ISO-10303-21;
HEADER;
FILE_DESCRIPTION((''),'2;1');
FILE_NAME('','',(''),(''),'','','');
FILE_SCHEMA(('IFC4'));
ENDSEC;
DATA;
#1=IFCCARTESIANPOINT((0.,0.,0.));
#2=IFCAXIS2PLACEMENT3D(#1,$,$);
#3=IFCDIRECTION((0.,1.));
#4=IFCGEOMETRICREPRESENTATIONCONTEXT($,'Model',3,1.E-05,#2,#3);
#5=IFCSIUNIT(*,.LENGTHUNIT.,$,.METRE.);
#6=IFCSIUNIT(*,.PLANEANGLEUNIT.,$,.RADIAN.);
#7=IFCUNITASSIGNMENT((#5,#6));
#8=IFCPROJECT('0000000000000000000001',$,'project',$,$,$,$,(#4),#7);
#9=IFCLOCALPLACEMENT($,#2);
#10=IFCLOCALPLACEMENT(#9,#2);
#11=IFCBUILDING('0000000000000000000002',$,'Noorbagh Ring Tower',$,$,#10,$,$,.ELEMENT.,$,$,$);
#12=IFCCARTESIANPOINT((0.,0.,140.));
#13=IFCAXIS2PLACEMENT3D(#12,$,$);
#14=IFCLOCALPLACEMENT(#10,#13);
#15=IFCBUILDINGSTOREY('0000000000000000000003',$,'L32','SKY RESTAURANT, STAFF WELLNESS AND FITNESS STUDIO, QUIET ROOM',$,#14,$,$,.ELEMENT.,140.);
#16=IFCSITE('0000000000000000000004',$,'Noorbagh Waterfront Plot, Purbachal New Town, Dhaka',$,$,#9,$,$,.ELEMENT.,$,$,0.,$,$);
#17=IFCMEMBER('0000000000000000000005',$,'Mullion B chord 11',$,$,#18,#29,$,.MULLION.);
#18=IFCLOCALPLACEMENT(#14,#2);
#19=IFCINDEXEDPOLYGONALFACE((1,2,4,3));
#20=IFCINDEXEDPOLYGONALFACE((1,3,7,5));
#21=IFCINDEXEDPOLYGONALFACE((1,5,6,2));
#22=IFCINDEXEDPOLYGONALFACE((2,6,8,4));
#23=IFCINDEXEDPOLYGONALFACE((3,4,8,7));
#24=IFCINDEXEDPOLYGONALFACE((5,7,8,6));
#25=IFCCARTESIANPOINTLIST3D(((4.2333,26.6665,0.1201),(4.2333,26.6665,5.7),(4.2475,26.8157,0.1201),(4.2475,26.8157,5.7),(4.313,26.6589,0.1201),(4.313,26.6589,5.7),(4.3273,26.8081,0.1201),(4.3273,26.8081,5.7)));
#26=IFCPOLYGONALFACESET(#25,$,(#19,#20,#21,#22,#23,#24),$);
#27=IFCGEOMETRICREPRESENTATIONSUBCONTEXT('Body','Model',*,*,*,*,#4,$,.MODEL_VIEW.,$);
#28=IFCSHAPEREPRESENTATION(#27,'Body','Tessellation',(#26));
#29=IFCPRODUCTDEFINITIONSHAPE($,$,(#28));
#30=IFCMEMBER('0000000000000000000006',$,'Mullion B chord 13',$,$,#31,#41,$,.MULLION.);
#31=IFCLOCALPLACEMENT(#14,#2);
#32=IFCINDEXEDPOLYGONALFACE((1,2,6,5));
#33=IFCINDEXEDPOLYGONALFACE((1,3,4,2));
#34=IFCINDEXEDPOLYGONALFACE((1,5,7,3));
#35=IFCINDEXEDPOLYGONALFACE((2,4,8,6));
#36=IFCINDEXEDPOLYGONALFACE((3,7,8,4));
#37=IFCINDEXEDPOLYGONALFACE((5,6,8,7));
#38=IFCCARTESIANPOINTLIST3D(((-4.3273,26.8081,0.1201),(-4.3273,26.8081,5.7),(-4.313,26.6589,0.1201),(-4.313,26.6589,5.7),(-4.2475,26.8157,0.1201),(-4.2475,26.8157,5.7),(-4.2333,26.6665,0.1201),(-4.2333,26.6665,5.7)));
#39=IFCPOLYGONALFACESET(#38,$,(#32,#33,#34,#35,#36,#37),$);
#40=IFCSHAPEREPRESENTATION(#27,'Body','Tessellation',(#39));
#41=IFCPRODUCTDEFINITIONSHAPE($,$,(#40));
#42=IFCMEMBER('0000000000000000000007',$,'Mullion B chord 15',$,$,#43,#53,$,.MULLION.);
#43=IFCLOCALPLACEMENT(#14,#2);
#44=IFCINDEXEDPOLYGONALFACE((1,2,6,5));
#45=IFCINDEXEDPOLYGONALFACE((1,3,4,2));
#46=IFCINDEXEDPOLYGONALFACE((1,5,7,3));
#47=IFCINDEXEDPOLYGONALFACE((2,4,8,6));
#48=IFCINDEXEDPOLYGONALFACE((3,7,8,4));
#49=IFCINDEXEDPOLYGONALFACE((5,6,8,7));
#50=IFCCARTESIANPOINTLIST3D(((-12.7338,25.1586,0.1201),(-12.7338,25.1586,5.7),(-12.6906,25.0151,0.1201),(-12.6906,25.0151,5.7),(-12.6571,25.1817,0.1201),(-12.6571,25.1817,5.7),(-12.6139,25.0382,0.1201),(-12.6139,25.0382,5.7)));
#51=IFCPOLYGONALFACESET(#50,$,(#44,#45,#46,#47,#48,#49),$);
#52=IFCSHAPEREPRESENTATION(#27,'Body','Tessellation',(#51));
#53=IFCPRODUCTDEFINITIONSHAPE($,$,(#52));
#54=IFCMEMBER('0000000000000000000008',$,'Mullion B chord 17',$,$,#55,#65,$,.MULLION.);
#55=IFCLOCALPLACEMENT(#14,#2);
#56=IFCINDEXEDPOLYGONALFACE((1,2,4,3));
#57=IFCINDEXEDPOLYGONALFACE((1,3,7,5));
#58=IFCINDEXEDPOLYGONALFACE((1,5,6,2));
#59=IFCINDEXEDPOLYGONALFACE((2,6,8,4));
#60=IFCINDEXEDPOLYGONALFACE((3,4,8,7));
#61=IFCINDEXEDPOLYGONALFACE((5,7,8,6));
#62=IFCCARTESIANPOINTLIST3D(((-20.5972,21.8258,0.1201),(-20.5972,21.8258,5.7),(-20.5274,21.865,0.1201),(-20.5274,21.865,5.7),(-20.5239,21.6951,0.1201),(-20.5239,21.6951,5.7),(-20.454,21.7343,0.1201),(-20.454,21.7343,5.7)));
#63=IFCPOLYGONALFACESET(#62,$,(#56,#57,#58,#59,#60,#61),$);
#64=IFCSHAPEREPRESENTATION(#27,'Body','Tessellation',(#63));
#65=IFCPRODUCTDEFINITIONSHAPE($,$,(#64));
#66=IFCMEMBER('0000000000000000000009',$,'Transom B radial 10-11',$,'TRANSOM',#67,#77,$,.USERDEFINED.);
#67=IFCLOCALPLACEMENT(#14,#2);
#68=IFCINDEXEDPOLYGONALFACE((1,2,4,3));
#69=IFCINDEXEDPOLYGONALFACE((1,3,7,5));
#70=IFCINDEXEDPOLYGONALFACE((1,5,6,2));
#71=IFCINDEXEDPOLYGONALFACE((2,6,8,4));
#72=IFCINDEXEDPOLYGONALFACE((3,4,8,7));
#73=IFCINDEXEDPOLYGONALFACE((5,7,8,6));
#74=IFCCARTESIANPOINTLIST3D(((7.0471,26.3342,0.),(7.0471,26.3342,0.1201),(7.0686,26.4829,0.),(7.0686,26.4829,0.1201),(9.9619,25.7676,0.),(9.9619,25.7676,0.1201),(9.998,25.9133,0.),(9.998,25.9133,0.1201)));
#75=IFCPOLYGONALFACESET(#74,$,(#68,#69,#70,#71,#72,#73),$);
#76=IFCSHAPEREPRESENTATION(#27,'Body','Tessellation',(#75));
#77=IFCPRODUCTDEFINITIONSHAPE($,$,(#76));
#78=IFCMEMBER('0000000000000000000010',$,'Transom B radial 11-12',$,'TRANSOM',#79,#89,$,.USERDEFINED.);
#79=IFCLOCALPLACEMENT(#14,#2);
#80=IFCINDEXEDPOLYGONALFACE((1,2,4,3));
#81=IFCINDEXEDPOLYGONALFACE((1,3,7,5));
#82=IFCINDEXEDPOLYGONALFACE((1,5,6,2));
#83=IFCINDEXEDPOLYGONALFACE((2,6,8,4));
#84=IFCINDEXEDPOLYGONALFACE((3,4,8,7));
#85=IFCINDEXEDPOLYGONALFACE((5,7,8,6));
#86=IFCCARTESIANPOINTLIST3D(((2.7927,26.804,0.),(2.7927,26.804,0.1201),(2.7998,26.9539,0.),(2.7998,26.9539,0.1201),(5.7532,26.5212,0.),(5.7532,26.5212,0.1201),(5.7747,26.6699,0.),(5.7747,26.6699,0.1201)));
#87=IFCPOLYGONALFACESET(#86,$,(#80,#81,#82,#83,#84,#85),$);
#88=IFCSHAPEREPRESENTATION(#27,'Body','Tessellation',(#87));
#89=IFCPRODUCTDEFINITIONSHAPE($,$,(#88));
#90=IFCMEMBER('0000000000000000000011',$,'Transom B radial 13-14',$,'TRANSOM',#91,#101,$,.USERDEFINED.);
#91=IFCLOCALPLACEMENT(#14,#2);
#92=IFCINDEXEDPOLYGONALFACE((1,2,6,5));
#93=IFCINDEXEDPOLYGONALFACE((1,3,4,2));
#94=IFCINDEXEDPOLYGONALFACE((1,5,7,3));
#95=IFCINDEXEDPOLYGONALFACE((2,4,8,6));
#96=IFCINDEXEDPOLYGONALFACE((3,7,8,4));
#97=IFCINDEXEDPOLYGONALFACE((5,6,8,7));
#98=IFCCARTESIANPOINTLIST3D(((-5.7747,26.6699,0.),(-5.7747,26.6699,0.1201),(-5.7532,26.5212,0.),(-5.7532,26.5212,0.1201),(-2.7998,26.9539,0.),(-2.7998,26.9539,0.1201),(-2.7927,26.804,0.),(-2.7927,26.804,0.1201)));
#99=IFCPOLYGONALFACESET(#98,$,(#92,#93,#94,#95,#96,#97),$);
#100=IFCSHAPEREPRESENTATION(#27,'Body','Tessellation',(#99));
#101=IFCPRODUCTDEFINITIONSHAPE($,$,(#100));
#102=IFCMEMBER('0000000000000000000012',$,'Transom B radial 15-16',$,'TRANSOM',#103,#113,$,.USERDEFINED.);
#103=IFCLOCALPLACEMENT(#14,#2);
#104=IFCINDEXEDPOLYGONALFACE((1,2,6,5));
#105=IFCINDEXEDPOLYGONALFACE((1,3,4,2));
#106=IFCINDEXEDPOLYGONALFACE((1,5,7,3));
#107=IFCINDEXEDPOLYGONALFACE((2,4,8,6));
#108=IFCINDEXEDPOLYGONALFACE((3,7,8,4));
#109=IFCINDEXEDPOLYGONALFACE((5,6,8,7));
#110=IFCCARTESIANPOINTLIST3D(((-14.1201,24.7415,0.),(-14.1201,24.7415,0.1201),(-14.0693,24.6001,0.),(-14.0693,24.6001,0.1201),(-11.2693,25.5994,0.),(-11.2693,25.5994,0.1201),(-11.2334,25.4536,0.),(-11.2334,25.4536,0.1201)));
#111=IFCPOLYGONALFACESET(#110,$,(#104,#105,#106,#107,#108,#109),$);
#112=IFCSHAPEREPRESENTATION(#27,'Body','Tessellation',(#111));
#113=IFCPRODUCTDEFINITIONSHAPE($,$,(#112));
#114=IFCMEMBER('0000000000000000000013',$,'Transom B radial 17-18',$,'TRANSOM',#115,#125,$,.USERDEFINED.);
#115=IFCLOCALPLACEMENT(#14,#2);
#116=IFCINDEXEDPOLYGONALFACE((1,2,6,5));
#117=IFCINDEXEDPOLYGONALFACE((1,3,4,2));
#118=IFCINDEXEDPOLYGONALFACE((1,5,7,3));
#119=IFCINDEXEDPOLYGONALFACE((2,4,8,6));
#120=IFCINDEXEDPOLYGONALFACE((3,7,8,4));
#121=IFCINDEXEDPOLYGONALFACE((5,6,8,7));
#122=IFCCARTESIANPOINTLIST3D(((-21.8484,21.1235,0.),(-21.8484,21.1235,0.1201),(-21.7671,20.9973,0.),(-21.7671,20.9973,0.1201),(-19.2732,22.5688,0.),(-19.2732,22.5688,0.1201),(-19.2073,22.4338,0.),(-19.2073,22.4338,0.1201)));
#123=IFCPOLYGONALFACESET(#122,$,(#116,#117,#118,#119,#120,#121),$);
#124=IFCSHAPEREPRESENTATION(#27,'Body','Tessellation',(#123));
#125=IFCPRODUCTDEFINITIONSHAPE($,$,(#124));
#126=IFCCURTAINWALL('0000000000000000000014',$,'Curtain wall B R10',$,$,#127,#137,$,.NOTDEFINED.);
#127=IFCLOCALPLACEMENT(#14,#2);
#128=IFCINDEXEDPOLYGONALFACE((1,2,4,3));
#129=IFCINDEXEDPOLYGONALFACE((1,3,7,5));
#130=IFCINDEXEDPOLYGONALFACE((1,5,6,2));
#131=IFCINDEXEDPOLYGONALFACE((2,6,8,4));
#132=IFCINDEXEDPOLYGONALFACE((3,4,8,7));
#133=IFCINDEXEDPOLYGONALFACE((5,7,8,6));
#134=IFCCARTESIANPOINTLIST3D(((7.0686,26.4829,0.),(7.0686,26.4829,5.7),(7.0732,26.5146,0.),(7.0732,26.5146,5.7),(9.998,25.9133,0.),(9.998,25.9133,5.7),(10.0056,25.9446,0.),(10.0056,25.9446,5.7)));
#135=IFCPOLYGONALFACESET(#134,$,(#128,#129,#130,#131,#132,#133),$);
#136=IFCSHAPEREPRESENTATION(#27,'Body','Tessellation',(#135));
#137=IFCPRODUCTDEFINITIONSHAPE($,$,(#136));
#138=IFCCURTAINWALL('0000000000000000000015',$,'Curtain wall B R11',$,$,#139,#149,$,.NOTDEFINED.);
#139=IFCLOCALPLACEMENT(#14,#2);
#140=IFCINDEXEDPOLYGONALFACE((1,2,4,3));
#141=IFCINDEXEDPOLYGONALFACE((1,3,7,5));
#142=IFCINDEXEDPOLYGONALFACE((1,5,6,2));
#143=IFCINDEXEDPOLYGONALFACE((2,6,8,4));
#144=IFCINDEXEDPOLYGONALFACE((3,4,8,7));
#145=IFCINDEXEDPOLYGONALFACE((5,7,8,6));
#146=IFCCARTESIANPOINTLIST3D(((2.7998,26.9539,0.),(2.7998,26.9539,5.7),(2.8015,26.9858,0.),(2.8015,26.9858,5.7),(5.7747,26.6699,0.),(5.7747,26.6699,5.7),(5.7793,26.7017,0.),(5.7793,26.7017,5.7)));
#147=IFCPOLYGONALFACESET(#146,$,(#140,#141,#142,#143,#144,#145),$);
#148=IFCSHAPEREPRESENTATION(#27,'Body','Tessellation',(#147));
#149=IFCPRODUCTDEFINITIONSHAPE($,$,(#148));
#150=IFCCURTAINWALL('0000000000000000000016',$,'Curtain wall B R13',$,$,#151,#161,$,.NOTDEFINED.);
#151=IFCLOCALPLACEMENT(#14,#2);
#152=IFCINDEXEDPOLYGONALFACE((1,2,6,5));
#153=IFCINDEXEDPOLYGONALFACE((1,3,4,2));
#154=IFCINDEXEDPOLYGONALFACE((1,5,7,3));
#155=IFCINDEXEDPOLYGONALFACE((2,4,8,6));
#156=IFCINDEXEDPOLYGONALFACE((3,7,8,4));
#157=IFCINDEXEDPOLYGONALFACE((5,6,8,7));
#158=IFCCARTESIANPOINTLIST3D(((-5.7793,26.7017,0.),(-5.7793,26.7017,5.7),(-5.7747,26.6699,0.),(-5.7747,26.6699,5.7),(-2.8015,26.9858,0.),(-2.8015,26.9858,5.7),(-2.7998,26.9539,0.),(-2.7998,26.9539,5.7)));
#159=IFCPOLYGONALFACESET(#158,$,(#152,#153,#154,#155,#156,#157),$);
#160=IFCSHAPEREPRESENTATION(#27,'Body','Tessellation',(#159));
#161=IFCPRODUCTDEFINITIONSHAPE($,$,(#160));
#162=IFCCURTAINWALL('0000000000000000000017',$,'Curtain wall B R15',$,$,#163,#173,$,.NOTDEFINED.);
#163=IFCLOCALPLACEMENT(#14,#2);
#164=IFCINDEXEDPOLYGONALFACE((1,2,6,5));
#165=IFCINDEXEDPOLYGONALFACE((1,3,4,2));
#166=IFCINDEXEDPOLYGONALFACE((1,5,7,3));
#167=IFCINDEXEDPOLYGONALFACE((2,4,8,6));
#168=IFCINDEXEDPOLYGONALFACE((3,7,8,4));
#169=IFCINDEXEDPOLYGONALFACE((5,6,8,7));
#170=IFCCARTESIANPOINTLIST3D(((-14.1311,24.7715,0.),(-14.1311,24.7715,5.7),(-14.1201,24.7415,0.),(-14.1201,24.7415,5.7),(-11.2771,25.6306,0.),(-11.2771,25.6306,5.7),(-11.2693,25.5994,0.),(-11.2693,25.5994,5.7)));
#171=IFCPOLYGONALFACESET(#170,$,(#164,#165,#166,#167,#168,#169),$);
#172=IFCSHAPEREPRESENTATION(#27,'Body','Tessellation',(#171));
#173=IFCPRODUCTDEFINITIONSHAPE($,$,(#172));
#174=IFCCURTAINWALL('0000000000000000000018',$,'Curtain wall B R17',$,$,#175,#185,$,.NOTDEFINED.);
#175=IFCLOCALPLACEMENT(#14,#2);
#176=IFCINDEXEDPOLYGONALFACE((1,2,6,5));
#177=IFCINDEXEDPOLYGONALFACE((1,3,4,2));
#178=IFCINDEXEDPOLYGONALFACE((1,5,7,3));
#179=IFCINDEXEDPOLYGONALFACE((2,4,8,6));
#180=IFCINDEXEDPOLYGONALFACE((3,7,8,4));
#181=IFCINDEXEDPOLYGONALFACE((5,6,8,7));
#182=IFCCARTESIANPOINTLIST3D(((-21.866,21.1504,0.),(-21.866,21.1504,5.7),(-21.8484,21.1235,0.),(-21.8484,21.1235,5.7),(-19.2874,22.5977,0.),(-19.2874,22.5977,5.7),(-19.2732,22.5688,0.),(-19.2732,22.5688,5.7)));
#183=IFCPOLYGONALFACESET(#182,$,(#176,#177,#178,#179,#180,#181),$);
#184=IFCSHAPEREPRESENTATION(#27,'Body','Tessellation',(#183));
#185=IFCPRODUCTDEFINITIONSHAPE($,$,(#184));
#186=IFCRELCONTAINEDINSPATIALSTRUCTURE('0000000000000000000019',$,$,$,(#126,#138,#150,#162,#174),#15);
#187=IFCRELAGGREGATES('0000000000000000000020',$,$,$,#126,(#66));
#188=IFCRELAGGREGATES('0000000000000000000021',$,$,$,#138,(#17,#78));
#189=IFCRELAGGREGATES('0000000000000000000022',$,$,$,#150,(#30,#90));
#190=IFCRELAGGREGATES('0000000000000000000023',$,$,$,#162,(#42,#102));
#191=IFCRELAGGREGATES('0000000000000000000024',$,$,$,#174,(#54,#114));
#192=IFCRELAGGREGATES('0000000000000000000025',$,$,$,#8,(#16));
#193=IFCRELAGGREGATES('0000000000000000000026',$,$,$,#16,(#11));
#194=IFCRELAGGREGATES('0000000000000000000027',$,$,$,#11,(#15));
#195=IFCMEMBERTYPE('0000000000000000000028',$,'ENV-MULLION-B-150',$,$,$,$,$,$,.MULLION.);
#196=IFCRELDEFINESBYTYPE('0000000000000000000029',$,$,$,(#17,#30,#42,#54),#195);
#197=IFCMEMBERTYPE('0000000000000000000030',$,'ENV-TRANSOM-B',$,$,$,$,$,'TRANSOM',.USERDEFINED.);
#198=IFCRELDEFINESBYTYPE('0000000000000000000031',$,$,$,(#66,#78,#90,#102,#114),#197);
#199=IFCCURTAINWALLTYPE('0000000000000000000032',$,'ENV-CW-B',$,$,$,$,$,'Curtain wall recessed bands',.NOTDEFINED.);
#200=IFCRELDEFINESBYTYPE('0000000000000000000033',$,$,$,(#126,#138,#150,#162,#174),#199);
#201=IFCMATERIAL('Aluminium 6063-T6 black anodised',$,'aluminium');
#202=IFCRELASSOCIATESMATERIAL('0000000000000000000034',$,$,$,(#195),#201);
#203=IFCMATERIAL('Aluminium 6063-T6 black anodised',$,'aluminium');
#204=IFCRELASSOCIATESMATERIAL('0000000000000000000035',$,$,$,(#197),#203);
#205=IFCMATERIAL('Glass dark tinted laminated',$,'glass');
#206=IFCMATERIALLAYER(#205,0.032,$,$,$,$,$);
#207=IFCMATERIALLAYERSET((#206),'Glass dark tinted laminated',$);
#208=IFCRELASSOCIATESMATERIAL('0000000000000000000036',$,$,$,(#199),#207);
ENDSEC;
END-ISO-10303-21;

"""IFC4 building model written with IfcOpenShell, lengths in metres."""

from ifc_helpers import new_model, si_unit, direction, frame, origin, origin_2d, place, context, subcontext, project, spatial, polyline, rectangle, outline, extrude, material, layer, layer_set, material_profile, profile_set, type_object, element, aggregate, save


model = new_model("IFC4")

# Units and contexts
model_context = context("Model", 3, precision=1e-05, world=origin(), true_north=direction((0.0, 1.0)))
body_context = subcontext(model_context, "Body", "Model", "MODEL_VIEW")
ifc_project = project(units=[si_unit("LENGTHUNIT", "METRE"), si_unit("PLANEANGLEUNIT", "RADIAN")], contexts=[model_context])

# Members
ifc_material_1 = material(Name="Aluminium 6063-T6 black anodised", Category="aluminium")
ifc_material_profile = material_profile(ifc_material_1, rectangle(XDim=0.1499, YDim=0.0801, at=origin_2d()), Name="150x80")
ifc_profile_set = profile_set([ifc_material_profile], Name="Aluminium 6063-T6 black anodised")
member_type_1 = type_object("IfcMemberType", Name="ENV-MULLION-B-150", PredefinedType="MULLION", material=ifc_profile_set)
site_placement = place(None, origin())
building_placement = place(site_placement, origin())
storey_placement = place(building_placement, frame((0.0, 0.0, 140.0)))
member_1_placement = place(storey_placement, frame((4.2803, 26.7373, 0.1201), z_axis=(0.0, 0.0, 1.0), x_axis=(-0.095008, -0.995476, 0.0)))
member_1 = element("IfcMember", 1, at=member_1_placement, type_object=member_type_1, Name="Mullion B chord 11", PredefinedType="MULLION", context=body_context, shape_type="SweptSolid", body=[
    extrude(rectangle(XDim=0.1499, YDim=0.0801, at=origin_2d()), origin(), (0.0, 0.0, 1.0), 5.5798),
])
member_2_placement = place(storey_placement, frame((-4.2803, 26.7373, 0.1201), z_axis=(0.0, 0.0, 1.0), x_axis=(0.095008, -0.995476, 0.0)))
member_2 = element("IfcMember", 2, at=member_2_placement, type_object=member_type_1, Name="Mullion B chord 13", PredefinedType="MULLION", context=body_context, shape_type="SweptSolid", body=[
    extrude(rectangle(XDim=0.1499, YDim=0.0801, at=origin_2d()), origin(), (0.0, 0.0, 1.0), 5.5798),
])
member_3_placement = place(storey_placement, frame((-12.6738, 25.0984, 0.1201), z_axis=(0.0, 0.0, 1.0), x_axis=(0.288174, -0.957578, 0.0)))
member_3 = element("IfcMember", 3, at=member_3_placement, type_object=member_type_1, Name="Mullion B chord 15", PredefinedType="MULLION", context=body_context, shape_type="SweptSolid", body=[
    extrude(rectangle(XDim=0.1499, YDim=0.0801, at=origin_2d()), origin(), (0.0, 0.0, 1.0), 5.5798),
])
member_4_placement = place(storey_placement, frame((-20.5256, 21.78, 0.1201), z_axis=(0.0, 0.0, 1.0), x_axis=(0.489426, -0.872045, 0.0)))
member_4 = element("IfcMember", 4, at=member_4_placement, type_object=member_type_1, Name="Mullion B chord 17", PredefinedType="MULLION", context=body_context, shape_type="SweptSolid", body=[
    extrude(rectangle(XDim=0.1499, YDim=0.0801, at=origin_2d()), origin(), (0.0, 0.0, 1.0), 5.5798),
])
ifc_material_2 = material(Name="Aluminium 6063-T6 black anodised", Category="aluminium")
member_type_2 = type_object("IfcMemberType", Name="ENV-TRANSOM-B", ElementType="TRANSOM", PredefinedType="USERDEFINED", material=ifc_material_2)
member_5_placement = place(storey_placement, origin())
member_5 = element("IfcMember", 5, at=member_5_placement, type_object=member_type_2, Name="Transom B radial 10-11", ObjectType="TRANSOM", PredefinedType="USERDEFINED", context=body_context, shape_type="SweptSolid", body=[
    extrude(outline(polyline([(9.998, 25.9133), (7.0686, 26.4829), (7.0471, 26.3342), (9.9619, 25.7676), (9.998, 25.9133)])), origin(), (0.0, 0.0, 1.0), 0.1201),
])
member_6_placement = place(storey_placement, origin())
member_6 = element("IfcMember", 6, at=member_6_placement, type_object=member_type_2, Name="Transom B radial 11-12", ObjectType="TRANSOM", PredefinedType="USERDEFINED", context=body_context, shape_type="SweptSolid", body=[
    extrude(outline(polyline([(5.7747, 26.6699), (2.7998, 26.9539), (2.7927, 26.804), (5.7532, 26.5212), (5.7747, 26.6699)])), origin(), (0.0, 0.0, 1.0), 0.1201),
])
member_7_placement = place(storey_placement, origin())
member_7 = element("IfcMember", 7, at=member_7_placement, type_object=member_type_2, Name="Transom B radial 13-14", ObjectType="TRANSOM", PredefinedType="USERDEFINED", context=body_context, shape_type="SweptSolid", body=[
    extrude(outline(polyline([(-2.7998, 26.9539), (-5.7747, 26.6699), (-5.7532, 26.5212), (-2.7927, 26.804), (-2.7998, 26.9539)])), origin(), (0.0, 0.0, 1.0), 0.1201),
])
member_8_placement = place(storey_placement, origin())
member_8 = element("IfcMember", 8, at=member_8_placement, type_object=member_type_2, Name="Transom B radial 15-16", ObjectType="TRANSOM", PredefinedType="USERDEFINED", context=body_context, shape_type="SweptSolid", body=[
    extrude(outline(polyline([(-11.2693, 25.5994), (-14.1201, 24.7415), (-14.0693, 24.6001), (-11.2334, 25.4536), (-11.2693, 25.5994)])), origin(), (0.0, 0.0, 1.0), 0.1201),
])
member_9_placement = place(storey_placement, origin())
member_9 = element("IfcMember", 9, at=member_9_placement, type_object=member_type_2, Name="Transom B radial 17-18", ObjectType="TRANSOM", PredefinedType="USERDEFINED", context=body_context, shape_type="SweptSolid", body=[
    extrude(outline(polyline([(-19.2732, 22.5688), (-21.8484, 21.1235), (-21.7671, 20.9973), (-19.2073, 22.4338), (-19.2732, 22.5688)])), origin(), (0.0, 0.0, 1.0), 0.1201),
])

# Site, building, storey
site = spatial("IfcSite", under=ifc_project, at=site_placement, Name="Noorbagh Waterfront Plot, Purbachal New Town, Dhaka", CompositionType="ELEMENT", RefElevation=0.0)
building = spatial("IfcBuilding", under=site, at=building_placement, Name="Noorbagh Ring Tower", CompositionType="ELEMENT")
storey = spatial("IfcBuildingStorey", under=building, at=storey_placement, Name="L32", Description="SKY RESTAURANT, STAFF WELLNESS AND FITNESS STUDIO, QUIET ROOM", CompositionType="ELEMENT", Elevation=140.0)

# Curtain walls
ifc_material_3 = material(Name="Glass dark tinted laminated", Category="glass")
ifc_layer = layer(ifc_material_3, 0.032)
ifc_layer_set = layer_set([ifc_layer], Name="Glass dark tinted laminated")
curtain_wall_type = type_object("IfcCurtainWallType", Name="ENV-CW-B", ElementType="Curtain wall recessed bands", PredefinedType="NOTDEFINED", material=ifc_layer_set)
curtain_wall_1_placement = place(storey_placement, origin())
curtain_wall_1 = element("IfcCurtainWall", 10, at=curtain_wall_1_placement, inside=storey, type_object=curtain_wall_type, Name="Curtain wall B R10", PredefinedType="NOTDEFINED", context=body_context, shape_type="SweptSolid", body=[
    extrude(outline(polyline([(10.0056, 25.9446), (7.0732, 26.5146), (7.0686, 26.4829), (9.998, 25.9133), (10.0056, 25.9446)])), origin(), (0.0, 0.0, 1.0), 5.7),
])
aggregate(curtain_wall_1, [member_5])
curtain_wall_2_placement = place(storey_placement, origin())
curtain_wall_2 = element("IfcCurtainWall", 11, at=curtain_wall_2_placement, inside=storey, type_object=curtain_wall_type, Name="Curtain wall B R11", PredefinedType="NOTDEFINED", context=body_context, shape_type="SweptSolid", body=[
    extrude(outline(polyline([(5.7793, 26.7017), (2.8015, 26.9858), (2.7998, 26.9539), (5.7747, 26.6699), (5.7793, 26.7017)])), origin(), (0.0, 0.0, 1.0), 5.7),
])
aggregate(curtain_wall_2, [member_1, member_6])
curtain_wall_3_placement = place(storey_placement, origin())
curtain_wall_3 = element("IfcCurtainWall", 12, at=curtain_wall_3_placement, inside=storey, type_object=curtain_wall_type, Name="Curtain wall B R13", PredefinedType="NOTDEFINED", context=body_context, shape_type="SweptSolid", body=[
    extrude(outline(polyline([(-2.8015, 26.9858), (-5.7793, 26.7017), (-5.7747, 26.6699), (-2.7998, 26.9539), (-2.8015, 26.9858)])), origin(), (0.0, 0.0, 1.0), 5.7),
])
aggregate(curtain_wall_3, [member_2, member_7])
curtain_wall_4_placement = place(storey_placement, origin())
curtain_wall_4 = element("IfcCurtainWall", 13, at=curtain_wall_4_placement, inside=storey, type_object=curtain_wall_type, Name="Curtain wall B R15", PredefinedType="NOTDEFINED", context=body_context, shape_type="SweptSolid", body=[
    extrude(outline(polyline([(-11.2771, 25.6306), (-14.1311, 24.7715), (-14.1201, 24.7415), (-11.2693, 25.5994), (-11.2771, 25.6306)])), origin(), (0.0, 0.0, 1.0), 5.7),
])
aggregate(curtain_wall_4, [member_3, member_8])
curtain_wall_5_placement = place(storey_placement, origin())
curtain_wall_5 = element("IfcCurtainWall", 14, at=curtain_wall_5_placement, inside=storey, type_object=curtain_wall_type, Name="Curtain wall B R17", PredefinedType="NOTDEFINED", context=body_context, shape_type="SweptSolid", body=[
    extrude(outline(polyline([(-19.2874, 22.5977), (-21.866, 21.1504), (-21.8484, 21.1235), (-19.2732, 22.5688), (-19.2874, 22.5977)])), origin(), (0.0, 0.0, 1.0), 5.7),
])
aggregate(curtain_wall_5, [member_4, member_9])

save(model, "model.ifc")
